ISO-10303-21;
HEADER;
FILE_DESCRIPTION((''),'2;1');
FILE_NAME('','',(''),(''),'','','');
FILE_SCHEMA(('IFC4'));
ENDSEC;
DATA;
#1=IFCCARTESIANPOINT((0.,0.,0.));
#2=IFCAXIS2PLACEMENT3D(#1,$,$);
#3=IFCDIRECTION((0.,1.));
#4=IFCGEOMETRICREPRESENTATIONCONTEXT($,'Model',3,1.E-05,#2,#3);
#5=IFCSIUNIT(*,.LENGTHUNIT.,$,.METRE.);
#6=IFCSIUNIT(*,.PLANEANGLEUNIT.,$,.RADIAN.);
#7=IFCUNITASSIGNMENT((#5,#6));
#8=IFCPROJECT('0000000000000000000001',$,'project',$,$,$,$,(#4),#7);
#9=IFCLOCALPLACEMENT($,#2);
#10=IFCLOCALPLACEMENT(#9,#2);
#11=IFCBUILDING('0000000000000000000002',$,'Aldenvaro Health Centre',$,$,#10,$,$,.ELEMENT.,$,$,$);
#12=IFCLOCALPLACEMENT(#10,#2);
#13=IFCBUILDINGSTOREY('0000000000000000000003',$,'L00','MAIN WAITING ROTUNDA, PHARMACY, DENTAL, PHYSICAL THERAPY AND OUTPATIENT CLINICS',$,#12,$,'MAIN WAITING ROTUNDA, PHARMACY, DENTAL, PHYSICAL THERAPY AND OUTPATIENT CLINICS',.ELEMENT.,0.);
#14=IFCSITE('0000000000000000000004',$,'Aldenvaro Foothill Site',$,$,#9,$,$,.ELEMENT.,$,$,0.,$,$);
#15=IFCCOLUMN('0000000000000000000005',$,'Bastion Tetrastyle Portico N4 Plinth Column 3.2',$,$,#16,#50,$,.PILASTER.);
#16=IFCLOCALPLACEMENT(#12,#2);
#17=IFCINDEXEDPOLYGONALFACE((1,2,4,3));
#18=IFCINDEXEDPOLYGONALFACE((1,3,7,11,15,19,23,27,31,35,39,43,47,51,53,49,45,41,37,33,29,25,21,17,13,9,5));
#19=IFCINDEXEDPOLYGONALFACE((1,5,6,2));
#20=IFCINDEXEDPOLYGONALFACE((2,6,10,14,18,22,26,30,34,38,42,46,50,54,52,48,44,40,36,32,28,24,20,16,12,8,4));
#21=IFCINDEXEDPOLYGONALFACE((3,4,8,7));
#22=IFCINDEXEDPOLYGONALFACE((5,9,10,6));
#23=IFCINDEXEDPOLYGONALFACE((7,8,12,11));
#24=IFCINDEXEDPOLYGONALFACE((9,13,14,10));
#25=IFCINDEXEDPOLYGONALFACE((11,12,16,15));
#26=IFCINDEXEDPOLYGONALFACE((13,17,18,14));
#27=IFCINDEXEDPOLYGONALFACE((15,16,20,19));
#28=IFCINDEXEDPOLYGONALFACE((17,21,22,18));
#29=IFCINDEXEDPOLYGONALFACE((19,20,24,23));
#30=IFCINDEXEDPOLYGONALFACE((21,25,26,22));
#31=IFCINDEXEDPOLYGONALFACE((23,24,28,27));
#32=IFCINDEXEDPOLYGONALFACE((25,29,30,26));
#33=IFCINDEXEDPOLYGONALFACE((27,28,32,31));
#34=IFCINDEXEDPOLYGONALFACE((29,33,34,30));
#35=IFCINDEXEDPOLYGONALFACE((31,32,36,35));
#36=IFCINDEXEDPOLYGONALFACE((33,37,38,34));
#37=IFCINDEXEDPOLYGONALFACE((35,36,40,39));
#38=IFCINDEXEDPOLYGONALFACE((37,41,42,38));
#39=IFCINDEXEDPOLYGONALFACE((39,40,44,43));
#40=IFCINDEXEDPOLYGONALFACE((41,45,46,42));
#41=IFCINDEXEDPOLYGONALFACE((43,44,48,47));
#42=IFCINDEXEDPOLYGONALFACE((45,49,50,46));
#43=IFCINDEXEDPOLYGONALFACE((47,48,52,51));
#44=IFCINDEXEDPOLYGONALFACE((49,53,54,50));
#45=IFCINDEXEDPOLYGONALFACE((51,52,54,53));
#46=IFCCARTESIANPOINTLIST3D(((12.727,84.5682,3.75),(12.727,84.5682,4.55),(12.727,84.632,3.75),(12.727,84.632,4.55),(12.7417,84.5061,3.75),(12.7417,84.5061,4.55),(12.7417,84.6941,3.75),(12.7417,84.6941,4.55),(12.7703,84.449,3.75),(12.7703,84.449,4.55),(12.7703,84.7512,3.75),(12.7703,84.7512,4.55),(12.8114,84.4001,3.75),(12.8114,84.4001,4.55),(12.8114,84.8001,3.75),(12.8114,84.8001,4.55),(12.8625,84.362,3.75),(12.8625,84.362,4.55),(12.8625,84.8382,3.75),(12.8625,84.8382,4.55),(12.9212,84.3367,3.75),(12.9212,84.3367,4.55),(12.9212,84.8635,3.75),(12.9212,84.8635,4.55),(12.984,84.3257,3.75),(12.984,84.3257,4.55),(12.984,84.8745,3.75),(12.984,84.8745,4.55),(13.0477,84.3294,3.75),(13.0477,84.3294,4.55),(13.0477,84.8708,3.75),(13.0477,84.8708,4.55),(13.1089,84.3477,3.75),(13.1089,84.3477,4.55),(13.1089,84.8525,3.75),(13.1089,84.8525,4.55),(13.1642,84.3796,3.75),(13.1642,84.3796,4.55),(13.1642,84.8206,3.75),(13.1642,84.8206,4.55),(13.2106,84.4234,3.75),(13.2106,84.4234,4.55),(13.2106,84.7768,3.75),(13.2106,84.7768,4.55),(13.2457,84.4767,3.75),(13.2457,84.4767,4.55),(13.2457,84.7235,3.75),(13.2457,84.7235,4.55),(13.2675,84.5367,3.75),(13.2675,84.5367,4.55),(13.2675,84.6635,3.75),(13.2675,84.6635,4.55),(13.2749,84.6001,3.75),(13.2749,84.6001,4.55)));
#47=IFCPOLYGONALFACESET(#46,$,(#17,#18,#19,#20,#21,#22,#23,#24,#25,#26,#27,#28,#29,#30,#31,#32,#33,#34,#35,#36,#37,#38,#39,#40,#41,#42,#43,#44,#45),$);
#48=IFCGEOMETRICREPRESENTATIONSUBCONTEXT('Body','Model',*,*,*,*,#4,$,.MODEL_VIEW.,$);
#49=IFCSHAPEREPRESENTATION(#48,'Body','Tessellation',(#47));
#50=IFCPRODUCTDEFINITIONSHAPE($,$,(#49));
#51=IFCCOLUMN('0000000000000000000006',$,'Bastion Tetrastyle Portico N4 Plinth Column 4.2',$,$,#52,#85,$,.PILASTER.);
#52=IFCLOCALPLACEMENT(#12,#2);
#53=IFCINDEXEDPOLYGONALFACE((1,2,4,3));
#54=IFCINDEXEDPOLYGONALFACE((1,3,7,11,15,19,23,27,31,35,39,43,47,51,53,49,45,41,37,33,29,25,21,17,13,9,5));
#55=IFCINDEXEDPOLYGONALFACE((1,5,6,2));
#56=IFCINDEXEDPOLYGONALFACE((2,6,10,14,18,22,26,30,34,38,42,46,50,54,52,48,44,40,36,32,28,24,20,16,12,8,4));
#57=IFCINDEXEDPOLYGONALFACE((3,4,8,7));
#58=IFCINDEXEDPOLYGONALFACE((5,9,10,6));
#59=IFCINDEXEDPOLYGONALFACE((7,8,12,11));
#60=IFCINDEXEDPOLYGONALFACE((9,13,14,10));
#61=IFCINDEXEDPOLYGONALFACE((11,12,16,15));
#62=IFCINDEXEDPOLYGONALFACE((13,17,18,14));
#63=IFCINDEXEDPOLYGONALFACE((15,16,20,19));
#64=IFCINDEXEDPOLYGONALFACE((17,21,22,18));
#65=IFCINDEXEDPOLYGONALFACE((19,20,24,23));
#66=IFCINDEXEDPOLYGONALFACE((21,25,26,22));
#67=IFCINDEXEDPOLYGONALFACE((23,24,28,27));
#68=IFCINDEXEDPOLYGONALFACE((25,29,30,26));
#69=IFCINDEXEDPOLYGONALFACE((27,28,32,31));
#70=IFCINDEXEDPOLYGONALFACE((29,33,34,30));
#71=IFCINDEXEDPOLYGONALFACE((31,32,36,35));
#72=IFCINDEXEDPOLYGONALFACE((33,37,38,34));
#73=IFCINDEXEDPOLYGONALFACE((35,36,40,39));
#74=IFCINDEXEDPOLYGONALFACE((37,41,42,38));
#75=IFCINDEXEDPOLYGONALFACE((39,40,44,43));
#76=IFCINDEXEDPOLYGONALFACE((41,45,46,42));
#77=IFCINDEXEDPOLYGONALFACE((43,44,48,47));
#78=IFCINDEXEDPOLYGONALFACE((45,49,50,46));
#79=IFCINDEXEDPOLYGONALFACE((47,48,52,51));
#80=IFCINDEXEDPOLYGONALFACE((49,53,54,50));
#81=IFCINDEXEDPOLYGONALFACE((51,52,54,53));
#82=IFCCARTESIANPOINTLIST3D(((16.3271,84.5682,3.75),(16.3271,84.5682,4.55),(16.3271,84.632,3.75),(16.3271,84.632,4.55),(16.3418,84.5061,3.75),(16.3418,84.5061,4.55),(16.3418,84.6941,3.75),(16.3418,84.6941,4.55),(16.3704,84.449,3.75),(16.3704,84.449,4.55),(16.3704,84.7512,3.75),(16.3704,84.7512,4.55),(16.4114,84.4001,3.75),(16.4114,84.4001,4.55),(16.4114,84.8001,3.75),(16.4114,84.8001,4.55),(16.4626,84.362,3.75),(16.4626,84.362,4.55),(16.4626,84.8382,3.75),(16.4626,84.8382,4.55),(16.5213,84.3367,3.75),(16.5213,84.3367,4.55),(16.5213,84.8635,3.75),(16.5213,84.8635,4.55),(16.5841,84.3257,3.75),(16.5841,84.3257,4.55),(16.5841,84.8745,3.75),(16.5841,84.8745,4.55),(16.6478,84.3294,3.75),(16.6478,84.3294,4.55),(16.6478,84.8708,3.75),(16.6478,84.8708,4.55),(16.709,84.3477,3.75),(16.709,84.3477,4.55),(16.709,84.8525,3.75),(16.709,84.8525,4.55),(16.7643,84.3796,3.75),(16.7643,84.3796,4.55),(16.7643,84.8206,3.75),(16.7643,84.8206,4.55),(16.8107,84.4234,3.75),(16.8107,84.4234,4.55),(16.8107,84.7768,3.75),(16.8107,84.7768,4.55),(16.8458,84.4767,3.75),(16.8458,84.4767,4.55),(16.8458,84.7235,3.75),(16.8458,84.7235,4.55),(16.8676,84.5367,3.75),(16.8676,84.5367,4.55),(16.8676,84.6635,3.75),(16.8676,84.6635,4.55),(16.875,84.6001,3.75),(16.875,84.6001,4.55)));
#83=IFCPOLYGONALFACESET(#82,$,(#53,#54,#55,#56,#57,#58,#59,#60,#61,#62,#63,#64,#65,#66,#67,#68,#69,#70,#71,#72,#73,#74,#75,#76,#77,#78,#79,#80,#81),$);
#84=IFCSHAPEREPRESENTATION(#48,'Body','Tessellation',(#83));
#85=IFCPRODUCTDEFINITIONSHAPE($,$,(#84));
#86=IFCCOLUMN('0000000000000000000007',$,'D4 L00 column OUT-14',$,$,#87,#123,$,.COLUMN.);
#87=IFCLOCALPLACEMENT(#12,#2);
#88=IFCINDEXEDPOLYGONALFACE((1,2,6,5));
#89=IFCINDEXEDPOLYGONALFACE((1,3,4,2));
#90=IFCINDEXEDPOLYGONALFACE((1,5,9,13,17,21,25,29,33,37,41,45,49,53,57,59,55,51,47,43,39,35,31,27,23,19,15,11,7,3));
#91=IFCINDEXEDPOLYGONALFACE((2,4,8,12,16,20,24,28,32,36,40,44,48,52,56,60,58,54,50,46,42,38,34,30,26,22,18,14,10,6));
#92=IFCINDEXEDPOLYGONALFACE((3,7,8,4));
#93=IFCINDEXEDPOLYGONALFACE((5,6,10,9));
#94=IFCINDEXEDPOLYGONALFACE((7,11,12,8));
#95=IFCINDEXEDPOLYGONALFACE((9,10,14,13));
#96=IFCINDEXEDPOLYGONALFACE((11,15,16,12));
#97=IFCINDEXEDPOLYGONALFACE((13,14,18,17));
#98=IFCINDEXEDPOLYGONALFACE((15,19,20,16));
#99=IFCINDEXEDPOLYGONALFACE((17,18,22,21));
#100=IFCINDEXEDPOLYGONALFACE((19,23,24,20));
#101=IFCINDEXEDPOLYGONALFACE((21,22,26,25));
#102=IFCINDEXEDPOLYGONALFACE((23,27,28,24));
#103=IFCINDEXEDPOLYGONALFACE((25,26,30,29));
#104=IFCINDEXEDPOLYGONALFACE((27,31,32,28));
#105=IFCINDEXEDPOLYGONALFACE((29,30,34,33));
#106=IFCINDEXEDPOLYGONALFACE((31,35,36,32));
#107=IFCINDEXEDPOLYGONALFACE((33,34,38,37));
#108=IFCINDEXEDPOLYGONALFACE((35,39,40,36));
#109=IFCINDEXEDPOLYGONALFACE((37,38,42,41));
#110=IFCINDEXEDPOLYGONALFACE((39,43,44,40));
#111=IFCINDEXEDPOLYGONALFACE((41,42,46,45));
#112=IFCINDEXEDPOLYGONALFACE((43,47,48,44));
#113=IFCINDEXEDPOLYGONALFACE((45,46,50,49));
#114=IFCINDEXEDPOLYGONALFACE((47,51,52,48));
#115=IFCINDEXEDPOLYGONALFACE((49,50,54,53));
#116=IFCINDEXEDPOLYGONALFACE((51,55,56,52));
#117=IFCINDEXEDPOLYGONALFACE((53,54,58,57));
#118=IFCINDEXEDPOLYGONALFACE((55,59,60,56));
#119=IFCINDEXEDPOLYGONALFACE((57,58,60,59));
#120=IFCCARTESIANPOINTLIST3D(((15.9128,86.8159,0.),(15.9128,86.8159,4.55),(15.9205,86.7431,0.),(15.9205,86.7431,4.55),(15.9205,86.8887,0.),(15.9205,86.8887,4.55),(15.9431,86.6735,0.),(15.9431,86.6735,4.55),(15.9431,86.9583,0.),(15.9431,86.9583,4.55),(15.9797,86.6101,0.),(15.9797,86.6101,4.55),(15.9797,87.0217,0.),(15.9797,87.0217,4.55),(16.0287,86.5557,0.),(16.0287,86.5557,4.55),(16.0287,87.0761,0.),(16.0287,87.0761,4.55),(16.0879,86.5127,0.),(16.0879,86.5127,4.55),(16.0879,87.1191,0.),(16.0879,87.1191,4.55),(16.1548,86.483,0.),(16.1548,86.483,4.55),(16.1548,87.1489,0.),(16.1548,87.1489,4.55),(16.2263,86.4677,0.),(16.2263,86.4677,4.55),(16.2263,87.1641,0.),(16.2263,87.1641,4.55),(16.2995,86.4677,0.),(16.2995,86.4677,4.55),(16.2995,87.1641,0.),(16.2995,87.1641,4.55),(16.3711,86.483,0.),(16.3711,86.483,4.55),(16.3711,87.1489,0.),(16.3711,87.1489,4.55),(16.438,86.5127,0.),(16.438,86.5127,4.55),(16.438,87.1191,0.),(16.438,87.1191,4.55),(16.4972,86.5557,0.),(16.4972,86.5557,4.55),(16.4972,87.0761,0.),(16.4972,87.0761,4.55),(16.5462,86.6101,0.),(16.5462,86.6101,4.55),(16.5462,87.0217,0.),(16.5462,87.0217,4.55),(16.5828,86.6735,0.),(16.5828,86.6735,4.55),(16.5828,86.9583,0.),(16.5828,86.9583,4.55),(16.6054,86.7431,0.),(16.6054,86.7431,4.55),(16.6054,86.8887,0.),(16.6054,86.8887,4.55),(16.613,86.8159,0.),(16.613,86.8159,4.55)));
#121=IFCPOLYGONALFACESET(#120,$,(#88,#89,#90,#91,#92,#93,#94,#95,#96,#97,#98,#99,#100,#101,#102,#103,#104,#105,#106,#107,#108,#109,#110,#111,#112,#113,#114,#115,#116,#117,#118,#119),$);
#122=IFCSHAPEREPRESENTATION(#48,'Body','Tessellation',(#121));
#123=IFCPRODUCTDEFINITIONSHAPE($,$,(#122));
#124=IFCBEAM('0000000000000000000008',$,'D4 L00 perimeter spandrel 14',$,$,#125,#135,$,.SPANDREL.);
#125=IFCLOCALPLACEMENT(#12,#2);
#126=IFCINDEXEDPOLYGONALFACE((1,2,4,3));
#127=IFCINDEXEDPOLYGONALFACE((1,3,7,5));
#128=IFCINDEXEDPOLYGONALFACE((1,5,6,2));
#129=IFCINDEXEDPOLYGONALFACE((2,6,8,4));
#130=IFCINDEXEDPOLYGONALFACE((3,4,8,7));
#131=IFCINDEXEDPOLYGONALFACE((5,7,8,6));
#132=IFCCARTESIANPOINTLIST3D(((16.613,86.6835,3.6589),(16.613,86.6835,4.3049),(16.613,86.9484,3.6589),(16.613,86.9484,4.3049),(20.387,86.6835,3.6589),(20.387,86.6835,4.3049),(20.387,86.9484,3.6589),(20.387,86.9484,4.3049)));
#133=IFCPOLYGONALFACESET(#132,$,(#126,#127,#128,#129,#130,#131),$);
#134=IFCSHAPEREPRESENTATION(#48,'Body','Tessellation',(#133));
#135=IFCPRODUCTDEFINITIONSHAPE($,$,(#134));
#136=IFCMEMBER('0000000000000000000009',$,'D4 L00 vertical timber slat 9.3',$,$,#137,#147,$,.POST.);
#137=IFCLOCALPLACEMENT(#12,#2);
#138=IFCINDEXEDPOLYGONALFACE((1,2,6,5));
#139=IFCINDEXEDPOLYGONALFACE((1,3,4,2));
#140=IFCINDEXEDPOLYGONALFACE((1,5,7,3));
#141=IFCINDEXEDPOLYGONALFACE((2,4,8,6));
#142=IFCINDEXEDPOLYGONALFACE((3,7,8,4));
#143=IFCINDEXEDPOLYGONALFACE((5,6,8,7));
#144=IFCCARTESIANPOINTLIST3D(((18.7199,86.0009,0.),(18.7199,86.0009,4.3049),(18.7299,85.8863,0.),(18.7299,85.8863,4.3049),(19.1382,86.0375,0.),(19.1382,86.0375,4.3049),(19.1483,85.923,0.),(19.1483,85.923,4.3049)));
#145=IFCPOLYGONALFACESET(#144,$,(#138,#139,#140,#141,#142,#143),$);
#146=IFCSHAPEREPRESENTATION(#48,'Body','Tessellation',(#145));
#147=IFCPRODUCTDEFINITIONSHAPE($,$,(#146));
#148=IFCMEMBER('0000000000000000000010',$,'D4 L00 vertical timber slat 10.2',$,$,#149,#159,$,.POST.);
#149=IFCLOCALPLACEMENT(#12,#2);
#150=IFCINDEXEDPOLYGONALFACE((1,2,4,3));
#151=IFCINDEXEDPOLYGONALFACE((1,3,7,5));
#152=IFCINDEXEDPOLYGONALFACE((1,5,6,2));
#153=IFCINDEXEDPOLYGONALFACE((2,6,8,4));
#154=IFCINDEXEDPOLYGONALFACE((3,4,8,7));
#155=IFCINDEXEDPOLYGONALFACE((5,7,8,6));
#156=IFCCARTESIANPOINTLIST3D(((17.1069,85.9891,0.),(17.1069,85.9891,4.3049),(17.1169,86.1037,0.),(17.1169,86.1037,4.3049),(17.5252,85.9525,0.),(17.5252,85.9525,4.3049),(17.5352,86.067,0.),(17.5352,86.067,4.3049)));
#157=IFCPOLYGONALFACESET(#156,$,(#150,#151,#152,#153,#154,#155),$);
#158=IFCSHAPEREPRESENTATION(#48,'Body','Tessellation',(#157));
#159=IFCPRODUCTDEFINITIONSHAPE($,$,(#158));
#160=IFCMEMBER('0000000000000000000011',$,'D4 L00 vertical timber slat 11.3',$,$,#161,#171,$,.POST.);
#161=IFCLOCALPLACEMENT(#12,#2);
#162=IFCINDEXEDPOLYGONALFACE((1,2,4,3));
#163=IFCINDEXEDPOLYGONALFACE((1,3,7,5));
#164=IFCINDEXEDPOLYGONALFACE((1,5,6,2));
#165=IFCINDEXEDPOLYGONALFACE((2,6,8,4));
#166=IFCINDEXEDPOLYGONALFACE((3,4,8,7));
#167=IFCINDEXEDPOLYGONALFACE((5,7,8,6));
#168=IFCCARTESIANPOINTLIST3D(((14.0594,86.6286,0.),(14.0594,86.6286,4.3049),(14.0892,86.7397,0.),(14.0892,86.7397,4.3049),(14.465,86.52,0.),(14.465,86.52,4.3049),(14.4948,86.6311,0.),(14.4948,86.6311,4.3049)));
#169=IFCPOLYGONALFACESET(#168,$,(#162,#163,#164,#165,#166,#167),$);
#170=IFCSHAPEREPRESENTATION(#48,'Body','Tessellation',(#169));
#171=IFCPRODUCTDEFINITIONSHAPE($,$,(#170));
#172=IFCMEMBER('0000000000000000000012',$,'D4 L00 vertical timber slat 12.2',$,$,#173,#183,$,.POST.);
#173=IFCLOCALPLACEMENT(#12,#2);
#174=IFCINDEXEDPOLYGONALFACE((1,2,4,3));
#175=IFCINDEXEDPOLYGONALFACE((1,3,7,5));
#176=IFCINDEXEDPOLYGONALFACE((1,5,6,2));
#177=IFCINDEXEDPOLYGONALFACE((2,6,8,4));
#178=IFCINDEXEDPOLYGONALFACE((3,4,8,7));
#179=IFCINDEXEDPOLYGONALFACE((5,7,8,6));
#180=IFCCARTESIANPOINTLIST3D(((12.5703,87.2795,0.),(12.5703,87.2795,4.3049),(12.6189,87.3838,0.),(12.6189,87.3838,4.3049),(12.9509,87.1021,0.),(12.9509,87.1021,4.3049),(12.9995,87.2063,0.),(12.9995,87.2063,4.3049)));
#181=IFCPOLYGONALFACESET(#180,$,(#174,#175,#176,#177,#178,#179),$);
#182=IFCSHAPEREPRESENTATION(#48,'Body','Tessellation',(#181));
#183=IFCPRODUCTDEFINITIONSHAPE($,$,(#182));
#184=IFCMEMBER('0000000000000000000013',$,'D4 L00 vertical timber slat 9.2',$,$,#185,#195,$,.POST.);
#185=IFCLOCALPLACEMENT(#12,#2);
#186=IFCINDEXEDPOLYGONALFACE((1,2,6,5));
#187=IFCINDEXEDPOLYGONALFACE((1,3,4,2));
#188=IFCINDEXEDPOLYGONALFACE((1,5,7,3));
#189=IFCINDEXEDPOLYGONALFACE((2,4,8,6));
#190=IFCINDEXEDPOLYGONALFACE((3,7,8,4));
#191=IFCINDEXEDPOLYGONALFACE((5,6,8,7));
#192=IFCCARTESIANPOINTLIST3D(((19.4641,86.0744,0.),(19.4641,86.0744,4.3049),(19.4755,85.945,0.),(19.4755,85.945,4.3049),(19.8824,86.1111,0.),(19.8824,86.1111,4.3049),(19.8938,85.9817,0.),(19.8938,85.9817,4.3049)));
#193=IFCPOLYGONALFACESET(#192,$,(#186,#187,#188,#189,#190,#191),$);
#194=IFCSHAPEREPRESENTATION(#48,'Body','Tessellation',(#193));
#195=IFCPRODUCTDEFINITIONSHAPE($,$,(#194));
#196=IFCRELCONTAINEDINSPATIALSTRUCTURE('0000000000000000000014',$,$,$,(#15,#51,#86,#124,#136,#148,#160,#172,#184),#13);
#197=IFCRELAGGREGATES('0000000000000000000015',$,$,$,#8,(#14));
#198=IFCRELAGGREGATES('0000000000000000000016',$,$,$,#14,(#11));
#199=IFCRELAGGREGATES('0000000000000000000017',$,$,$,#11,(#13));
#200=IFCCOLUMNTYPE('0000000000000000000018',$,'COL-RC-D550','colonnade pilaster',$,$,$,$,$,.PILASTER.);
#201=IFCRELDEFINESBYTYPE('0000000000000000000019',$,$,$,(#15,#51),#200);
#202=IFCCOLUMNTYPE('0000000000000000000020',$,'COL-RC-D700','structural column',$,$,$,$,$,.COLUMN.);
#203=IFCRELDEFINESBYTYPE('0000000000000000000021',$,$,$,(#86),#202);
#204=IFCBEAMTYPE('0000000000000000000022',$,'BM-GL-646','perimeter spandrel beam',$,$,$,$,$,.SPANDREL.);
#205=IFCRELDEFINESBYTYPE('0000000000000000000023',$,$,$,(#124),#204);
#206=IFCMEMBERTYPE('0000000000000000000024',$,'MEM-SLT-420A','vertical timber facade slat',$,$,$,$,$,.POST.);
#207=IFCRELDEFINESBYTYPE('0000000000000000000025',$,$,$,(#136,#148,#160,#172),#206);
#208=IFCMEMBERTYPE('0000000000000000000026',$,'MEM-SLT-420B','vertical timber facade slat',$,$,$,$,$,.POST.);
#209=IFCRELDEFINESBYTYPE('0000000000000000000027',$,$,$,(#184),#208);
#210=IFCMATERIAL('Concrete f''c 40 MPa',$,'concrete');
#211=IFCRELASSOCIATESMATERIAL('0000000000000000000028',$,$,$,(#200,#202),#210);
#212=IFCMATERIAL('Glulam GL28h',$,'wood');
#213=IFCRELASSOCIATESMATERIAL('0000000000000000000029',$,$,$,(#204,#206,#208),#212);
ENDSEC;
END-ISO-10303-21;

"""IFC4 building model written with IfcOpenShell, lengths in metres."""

from ifc_helpers import new_model, si_unit, direction, frame, origin, origin_2d, place, context, subcontext, project, spatial, rectangle, circle, extrude, material, material_profile, profile_set, type_object, element, save


model = new_model("IFC4")

# Units and contexts
model_context = context("Model", 3, precision=1e-05, world=origin(), true_north=direction((0.0, 1.0)))
body_context = subcontext(model_context, "Body", "Model", "MODEL_VIEW")
ifc_project = project(units=[si_unit("LENGTHUNIT", "METRE"), si_unit("PLANEANGLEUNIT", "RADIAN")], contexts=[model_context])

# Site, building, storey
site_placement = place(None, origin())
site = spatial("IfcSite", under=ifc_project, at=site_placement, Name="Aldenvaro Foothill Site", CompositionType="ELEMENT", RefElevation=0.0)
building_placement = place(site_placement, origin())
building = spatial("IfcBuilding", under=site, at=building_placement, Name="Aldenvaro Health Centre", CompositionType="ELEMENT")
storey_placement = place(building_placement, origin())
storey = spatial("IfcBuildingStorey", under=building, at=storey_placement, Name="L00", Description="MAIN WAITING ROTUNDA, PHARMACY, DENTAL, PHYSICAL THERAPY AND OUTPATIENT CLINICS", LongName="MAIN WAITING ROTUNDA, PHARMACY, DENTAL, PHYSICAL THERAPY AND OUTPATIENT CLINICS", CompositionType="ELEMENT", Elevation=0.0)

# Columns
ifc_material_1 = material(Name="Concrete f'c 40 MPa", Category="concrete")
ifc_material_profile_1 = material_profile(ifc_material_1, circle(Radius=0.2749, at=origin_2d()), Name="RC D550", Category="concrete")
ifc_profile_set_1 = profile_set([ifc_material_profile_1], Name="Concrete f'c 40 MPa")
column_type_1 = type_object("IfcColumnType", Name="COL-RC-D550", Description="colonnade pilaster", PredefinedType="PILASTER", material=ifc_profile_set_1)
for number, where, z_axis, x_axis, name in (
    (1, (13.0, 84.6001, 3.75), (0.0, 0.0, 1.0), (1.0, 0.0, 0.0), "Bastion Tetrastyle Portico N4 Plinth Column 3.2"),
    (2, (16.6001, 84.6001, 3.75), (0.0, 0.0, 1.0), (1.0, 0.0, 0.0), "Bastion Tetrastyle Portico N4 Plinth Column 4.2"),
):
    element("IfcColumn", number, at=place(storey_placement, frame(where, z_axis=z_axis, x_axis=x_axis)), inside=storey, type_object=column_type_1, Name=name, PredefinedType="PILASTER", context=body_context, shape_type="SweptSolid", body=[
        extrude(circle(Radius=0.2749, at=origin_2d()), origin(), (0.0, 0.0, 1.0), 0.8),
    ])
ifc_material_profile_2 = material_profile(ifc_material_1, circle(Radius=0.3501, at=origin_2d()), Name="RC D700", Category="concrete")
ifc_profile_set_2 = profile_set([ifc_material_profile_2], Name="Concrete f'c 40 MPa")
column_type_2 = type_object("IfcColumnType", Name="COL-RC-D700", Description="structural column", PredefinedType="COLUMN", material=ifc_profile_set_2)
column_placement = place(storey_placement, frame((16.2629, 86.8159, 0.0), z_axis=(0.0, 0.0, 1.0), x_axis=(1.0, 0.0, 0.0)))
element("IfcColumn", 3, at=column_placement, inside=storey, type_object=column_type_2, Name="D4 L00 column OUT-14", PredefinedType="COLUMN", context=body_context, shape_type="SweptSolid", body=[
    extrude(circle(Radius=0.3501, at=origin_2d()), origin(), (0.0, 0.0, 1.0), 4.55),
])

# Beam
ifc_material_2 = material(Name="Glulam GL28h", Category="wood")
ifc_material_profile_3 = material_profile(ifc_material_2, rectangle(XDim=0.2649, YDim=0.646, at=origin_2d()), Name="GL 265x646", Category="wood")
ifc_profile_set_3 = profile_set([ifc_material_profile_3], Name="Glulam GL28h")
beam_type = type_object("IfcBeamType", Name="BM-GL-646", Description="perimeter spandrel beam", PredefinedType="SPANDREL", material=ifc_profile_set_3)
beam_placement = place(storey_placement, frame((16.613, 86.8159, 3.9819), z_axis=(1.0, 0.0, 0.0), x_axis=(0.0, 1.0, 0.0)))
element("IfcBeam", 4, at=beam_placement, inside=storey, type_object=beam_type, Name="D4 L00 perimeter spandrel 14", PredefinedType="SPANDREL", context=body_context, shape_type="SweptSolid", body=[
    extrude(rectangle(XDim=0.2649, YDim=0.646, at=origin_2d()), origin(), (0.0, 0.0, 1.0), 3.7739),
])

# Members
ifc_material_profile_4 = material_profile(ifc_material_2, rectangle(XDim=0.115, YDim=0.4199, at=origin_2d()), Name="GL 115x420", Category="wood")
ifc_profile_set_4 = profile_set([ifc_material_profile_4], Name="Glulam GL28h")
member_type_1 = type_object("IfcMemberType", Name="MEM-SLT-420A", Description="vertical timber facade slat", PredefinedType="POST", material=ifc_profile_set_4)
for number, where, z_axis, x_axis, name in (
    (5, (18.9341, 85.9619, 0.0), (0.0, 0.0, 1.0), (0.087332, -0.996179, 0.0), "D4 L00 vertical timber slat 9.3"),
    (6, (17.321, 86.0281, 0.0), (0.0, 0.0, 1.0), (-0.087332, -0.996179, 0.0), "D4 L00 vertical timber slat 10.2"),
    (7, (14.2771, 86.6299, 0.0), (0.0, 0.0, 1.0), (-0.258622, -0.965979, 0.0), "D4 L00 vertical timber slat 11.3"),
    (8, (12.7849, 87.2429, 0.0), (0.0, 0.0, 1.0), (-0.422557, -0.906336, 0.0), "D4 L00 vertical timber slat 12.2"),
):
    element("IfcMember", number, at=place(storey_placement, frame(where, z_axis=z_axis, x_axis=x_axis)), inside=storey, type_object=member_type_1, Name=name, PredefinedType="POST", context=body_context, shape_type="SweptSolid", body=[
        extrude(rectangle(XDim=0.115, YDim=0.4199, at=origin_2d()), origin(), (0.0, 0.0, 1.0), 4.3049),
    ])
ifc_material_profile_5 = material_profile(ifc_material_2, rectangle(XDim=0.1299, YDim=0.4199, at=origin_2d()), Name="GL 130x420", Category="wood")
ifc_profile_set_5 = profile_set([ifc_material_profile_5], Name="Glulam GL28h")
member_type_2 = type_object("IfcMemberType", Name="MEM-SLT-420B", Description="vertical timber facade slat", PredefinedType="POST", material=ifc_profile_set_5)
for number, where, z_axis, x_axis, name in (
    (9, (19.679, 86.0281, 0.0), (0.0, 0.0, 1.0), (0.087332, -0.996179, 0.0), "D4 L00 vertical timber slat 9.2"),
):
    element("IfcMember", number, at=place(storey_placement, frame(where, z_axis=z_axis, x_axis=x_axis)), inside=storey, type_object=member_type_2, Name=name, PredefinedType="POST", context=body_context, shape_type="SweptSolid", body=[
        extrude(rectangle(XDim=0.1299, YDim=0.4199, at=origin_2d()), origin(), (0.0, 0.0, 1.0), 4.3049),
    ])

save(model, "model.ifc")
